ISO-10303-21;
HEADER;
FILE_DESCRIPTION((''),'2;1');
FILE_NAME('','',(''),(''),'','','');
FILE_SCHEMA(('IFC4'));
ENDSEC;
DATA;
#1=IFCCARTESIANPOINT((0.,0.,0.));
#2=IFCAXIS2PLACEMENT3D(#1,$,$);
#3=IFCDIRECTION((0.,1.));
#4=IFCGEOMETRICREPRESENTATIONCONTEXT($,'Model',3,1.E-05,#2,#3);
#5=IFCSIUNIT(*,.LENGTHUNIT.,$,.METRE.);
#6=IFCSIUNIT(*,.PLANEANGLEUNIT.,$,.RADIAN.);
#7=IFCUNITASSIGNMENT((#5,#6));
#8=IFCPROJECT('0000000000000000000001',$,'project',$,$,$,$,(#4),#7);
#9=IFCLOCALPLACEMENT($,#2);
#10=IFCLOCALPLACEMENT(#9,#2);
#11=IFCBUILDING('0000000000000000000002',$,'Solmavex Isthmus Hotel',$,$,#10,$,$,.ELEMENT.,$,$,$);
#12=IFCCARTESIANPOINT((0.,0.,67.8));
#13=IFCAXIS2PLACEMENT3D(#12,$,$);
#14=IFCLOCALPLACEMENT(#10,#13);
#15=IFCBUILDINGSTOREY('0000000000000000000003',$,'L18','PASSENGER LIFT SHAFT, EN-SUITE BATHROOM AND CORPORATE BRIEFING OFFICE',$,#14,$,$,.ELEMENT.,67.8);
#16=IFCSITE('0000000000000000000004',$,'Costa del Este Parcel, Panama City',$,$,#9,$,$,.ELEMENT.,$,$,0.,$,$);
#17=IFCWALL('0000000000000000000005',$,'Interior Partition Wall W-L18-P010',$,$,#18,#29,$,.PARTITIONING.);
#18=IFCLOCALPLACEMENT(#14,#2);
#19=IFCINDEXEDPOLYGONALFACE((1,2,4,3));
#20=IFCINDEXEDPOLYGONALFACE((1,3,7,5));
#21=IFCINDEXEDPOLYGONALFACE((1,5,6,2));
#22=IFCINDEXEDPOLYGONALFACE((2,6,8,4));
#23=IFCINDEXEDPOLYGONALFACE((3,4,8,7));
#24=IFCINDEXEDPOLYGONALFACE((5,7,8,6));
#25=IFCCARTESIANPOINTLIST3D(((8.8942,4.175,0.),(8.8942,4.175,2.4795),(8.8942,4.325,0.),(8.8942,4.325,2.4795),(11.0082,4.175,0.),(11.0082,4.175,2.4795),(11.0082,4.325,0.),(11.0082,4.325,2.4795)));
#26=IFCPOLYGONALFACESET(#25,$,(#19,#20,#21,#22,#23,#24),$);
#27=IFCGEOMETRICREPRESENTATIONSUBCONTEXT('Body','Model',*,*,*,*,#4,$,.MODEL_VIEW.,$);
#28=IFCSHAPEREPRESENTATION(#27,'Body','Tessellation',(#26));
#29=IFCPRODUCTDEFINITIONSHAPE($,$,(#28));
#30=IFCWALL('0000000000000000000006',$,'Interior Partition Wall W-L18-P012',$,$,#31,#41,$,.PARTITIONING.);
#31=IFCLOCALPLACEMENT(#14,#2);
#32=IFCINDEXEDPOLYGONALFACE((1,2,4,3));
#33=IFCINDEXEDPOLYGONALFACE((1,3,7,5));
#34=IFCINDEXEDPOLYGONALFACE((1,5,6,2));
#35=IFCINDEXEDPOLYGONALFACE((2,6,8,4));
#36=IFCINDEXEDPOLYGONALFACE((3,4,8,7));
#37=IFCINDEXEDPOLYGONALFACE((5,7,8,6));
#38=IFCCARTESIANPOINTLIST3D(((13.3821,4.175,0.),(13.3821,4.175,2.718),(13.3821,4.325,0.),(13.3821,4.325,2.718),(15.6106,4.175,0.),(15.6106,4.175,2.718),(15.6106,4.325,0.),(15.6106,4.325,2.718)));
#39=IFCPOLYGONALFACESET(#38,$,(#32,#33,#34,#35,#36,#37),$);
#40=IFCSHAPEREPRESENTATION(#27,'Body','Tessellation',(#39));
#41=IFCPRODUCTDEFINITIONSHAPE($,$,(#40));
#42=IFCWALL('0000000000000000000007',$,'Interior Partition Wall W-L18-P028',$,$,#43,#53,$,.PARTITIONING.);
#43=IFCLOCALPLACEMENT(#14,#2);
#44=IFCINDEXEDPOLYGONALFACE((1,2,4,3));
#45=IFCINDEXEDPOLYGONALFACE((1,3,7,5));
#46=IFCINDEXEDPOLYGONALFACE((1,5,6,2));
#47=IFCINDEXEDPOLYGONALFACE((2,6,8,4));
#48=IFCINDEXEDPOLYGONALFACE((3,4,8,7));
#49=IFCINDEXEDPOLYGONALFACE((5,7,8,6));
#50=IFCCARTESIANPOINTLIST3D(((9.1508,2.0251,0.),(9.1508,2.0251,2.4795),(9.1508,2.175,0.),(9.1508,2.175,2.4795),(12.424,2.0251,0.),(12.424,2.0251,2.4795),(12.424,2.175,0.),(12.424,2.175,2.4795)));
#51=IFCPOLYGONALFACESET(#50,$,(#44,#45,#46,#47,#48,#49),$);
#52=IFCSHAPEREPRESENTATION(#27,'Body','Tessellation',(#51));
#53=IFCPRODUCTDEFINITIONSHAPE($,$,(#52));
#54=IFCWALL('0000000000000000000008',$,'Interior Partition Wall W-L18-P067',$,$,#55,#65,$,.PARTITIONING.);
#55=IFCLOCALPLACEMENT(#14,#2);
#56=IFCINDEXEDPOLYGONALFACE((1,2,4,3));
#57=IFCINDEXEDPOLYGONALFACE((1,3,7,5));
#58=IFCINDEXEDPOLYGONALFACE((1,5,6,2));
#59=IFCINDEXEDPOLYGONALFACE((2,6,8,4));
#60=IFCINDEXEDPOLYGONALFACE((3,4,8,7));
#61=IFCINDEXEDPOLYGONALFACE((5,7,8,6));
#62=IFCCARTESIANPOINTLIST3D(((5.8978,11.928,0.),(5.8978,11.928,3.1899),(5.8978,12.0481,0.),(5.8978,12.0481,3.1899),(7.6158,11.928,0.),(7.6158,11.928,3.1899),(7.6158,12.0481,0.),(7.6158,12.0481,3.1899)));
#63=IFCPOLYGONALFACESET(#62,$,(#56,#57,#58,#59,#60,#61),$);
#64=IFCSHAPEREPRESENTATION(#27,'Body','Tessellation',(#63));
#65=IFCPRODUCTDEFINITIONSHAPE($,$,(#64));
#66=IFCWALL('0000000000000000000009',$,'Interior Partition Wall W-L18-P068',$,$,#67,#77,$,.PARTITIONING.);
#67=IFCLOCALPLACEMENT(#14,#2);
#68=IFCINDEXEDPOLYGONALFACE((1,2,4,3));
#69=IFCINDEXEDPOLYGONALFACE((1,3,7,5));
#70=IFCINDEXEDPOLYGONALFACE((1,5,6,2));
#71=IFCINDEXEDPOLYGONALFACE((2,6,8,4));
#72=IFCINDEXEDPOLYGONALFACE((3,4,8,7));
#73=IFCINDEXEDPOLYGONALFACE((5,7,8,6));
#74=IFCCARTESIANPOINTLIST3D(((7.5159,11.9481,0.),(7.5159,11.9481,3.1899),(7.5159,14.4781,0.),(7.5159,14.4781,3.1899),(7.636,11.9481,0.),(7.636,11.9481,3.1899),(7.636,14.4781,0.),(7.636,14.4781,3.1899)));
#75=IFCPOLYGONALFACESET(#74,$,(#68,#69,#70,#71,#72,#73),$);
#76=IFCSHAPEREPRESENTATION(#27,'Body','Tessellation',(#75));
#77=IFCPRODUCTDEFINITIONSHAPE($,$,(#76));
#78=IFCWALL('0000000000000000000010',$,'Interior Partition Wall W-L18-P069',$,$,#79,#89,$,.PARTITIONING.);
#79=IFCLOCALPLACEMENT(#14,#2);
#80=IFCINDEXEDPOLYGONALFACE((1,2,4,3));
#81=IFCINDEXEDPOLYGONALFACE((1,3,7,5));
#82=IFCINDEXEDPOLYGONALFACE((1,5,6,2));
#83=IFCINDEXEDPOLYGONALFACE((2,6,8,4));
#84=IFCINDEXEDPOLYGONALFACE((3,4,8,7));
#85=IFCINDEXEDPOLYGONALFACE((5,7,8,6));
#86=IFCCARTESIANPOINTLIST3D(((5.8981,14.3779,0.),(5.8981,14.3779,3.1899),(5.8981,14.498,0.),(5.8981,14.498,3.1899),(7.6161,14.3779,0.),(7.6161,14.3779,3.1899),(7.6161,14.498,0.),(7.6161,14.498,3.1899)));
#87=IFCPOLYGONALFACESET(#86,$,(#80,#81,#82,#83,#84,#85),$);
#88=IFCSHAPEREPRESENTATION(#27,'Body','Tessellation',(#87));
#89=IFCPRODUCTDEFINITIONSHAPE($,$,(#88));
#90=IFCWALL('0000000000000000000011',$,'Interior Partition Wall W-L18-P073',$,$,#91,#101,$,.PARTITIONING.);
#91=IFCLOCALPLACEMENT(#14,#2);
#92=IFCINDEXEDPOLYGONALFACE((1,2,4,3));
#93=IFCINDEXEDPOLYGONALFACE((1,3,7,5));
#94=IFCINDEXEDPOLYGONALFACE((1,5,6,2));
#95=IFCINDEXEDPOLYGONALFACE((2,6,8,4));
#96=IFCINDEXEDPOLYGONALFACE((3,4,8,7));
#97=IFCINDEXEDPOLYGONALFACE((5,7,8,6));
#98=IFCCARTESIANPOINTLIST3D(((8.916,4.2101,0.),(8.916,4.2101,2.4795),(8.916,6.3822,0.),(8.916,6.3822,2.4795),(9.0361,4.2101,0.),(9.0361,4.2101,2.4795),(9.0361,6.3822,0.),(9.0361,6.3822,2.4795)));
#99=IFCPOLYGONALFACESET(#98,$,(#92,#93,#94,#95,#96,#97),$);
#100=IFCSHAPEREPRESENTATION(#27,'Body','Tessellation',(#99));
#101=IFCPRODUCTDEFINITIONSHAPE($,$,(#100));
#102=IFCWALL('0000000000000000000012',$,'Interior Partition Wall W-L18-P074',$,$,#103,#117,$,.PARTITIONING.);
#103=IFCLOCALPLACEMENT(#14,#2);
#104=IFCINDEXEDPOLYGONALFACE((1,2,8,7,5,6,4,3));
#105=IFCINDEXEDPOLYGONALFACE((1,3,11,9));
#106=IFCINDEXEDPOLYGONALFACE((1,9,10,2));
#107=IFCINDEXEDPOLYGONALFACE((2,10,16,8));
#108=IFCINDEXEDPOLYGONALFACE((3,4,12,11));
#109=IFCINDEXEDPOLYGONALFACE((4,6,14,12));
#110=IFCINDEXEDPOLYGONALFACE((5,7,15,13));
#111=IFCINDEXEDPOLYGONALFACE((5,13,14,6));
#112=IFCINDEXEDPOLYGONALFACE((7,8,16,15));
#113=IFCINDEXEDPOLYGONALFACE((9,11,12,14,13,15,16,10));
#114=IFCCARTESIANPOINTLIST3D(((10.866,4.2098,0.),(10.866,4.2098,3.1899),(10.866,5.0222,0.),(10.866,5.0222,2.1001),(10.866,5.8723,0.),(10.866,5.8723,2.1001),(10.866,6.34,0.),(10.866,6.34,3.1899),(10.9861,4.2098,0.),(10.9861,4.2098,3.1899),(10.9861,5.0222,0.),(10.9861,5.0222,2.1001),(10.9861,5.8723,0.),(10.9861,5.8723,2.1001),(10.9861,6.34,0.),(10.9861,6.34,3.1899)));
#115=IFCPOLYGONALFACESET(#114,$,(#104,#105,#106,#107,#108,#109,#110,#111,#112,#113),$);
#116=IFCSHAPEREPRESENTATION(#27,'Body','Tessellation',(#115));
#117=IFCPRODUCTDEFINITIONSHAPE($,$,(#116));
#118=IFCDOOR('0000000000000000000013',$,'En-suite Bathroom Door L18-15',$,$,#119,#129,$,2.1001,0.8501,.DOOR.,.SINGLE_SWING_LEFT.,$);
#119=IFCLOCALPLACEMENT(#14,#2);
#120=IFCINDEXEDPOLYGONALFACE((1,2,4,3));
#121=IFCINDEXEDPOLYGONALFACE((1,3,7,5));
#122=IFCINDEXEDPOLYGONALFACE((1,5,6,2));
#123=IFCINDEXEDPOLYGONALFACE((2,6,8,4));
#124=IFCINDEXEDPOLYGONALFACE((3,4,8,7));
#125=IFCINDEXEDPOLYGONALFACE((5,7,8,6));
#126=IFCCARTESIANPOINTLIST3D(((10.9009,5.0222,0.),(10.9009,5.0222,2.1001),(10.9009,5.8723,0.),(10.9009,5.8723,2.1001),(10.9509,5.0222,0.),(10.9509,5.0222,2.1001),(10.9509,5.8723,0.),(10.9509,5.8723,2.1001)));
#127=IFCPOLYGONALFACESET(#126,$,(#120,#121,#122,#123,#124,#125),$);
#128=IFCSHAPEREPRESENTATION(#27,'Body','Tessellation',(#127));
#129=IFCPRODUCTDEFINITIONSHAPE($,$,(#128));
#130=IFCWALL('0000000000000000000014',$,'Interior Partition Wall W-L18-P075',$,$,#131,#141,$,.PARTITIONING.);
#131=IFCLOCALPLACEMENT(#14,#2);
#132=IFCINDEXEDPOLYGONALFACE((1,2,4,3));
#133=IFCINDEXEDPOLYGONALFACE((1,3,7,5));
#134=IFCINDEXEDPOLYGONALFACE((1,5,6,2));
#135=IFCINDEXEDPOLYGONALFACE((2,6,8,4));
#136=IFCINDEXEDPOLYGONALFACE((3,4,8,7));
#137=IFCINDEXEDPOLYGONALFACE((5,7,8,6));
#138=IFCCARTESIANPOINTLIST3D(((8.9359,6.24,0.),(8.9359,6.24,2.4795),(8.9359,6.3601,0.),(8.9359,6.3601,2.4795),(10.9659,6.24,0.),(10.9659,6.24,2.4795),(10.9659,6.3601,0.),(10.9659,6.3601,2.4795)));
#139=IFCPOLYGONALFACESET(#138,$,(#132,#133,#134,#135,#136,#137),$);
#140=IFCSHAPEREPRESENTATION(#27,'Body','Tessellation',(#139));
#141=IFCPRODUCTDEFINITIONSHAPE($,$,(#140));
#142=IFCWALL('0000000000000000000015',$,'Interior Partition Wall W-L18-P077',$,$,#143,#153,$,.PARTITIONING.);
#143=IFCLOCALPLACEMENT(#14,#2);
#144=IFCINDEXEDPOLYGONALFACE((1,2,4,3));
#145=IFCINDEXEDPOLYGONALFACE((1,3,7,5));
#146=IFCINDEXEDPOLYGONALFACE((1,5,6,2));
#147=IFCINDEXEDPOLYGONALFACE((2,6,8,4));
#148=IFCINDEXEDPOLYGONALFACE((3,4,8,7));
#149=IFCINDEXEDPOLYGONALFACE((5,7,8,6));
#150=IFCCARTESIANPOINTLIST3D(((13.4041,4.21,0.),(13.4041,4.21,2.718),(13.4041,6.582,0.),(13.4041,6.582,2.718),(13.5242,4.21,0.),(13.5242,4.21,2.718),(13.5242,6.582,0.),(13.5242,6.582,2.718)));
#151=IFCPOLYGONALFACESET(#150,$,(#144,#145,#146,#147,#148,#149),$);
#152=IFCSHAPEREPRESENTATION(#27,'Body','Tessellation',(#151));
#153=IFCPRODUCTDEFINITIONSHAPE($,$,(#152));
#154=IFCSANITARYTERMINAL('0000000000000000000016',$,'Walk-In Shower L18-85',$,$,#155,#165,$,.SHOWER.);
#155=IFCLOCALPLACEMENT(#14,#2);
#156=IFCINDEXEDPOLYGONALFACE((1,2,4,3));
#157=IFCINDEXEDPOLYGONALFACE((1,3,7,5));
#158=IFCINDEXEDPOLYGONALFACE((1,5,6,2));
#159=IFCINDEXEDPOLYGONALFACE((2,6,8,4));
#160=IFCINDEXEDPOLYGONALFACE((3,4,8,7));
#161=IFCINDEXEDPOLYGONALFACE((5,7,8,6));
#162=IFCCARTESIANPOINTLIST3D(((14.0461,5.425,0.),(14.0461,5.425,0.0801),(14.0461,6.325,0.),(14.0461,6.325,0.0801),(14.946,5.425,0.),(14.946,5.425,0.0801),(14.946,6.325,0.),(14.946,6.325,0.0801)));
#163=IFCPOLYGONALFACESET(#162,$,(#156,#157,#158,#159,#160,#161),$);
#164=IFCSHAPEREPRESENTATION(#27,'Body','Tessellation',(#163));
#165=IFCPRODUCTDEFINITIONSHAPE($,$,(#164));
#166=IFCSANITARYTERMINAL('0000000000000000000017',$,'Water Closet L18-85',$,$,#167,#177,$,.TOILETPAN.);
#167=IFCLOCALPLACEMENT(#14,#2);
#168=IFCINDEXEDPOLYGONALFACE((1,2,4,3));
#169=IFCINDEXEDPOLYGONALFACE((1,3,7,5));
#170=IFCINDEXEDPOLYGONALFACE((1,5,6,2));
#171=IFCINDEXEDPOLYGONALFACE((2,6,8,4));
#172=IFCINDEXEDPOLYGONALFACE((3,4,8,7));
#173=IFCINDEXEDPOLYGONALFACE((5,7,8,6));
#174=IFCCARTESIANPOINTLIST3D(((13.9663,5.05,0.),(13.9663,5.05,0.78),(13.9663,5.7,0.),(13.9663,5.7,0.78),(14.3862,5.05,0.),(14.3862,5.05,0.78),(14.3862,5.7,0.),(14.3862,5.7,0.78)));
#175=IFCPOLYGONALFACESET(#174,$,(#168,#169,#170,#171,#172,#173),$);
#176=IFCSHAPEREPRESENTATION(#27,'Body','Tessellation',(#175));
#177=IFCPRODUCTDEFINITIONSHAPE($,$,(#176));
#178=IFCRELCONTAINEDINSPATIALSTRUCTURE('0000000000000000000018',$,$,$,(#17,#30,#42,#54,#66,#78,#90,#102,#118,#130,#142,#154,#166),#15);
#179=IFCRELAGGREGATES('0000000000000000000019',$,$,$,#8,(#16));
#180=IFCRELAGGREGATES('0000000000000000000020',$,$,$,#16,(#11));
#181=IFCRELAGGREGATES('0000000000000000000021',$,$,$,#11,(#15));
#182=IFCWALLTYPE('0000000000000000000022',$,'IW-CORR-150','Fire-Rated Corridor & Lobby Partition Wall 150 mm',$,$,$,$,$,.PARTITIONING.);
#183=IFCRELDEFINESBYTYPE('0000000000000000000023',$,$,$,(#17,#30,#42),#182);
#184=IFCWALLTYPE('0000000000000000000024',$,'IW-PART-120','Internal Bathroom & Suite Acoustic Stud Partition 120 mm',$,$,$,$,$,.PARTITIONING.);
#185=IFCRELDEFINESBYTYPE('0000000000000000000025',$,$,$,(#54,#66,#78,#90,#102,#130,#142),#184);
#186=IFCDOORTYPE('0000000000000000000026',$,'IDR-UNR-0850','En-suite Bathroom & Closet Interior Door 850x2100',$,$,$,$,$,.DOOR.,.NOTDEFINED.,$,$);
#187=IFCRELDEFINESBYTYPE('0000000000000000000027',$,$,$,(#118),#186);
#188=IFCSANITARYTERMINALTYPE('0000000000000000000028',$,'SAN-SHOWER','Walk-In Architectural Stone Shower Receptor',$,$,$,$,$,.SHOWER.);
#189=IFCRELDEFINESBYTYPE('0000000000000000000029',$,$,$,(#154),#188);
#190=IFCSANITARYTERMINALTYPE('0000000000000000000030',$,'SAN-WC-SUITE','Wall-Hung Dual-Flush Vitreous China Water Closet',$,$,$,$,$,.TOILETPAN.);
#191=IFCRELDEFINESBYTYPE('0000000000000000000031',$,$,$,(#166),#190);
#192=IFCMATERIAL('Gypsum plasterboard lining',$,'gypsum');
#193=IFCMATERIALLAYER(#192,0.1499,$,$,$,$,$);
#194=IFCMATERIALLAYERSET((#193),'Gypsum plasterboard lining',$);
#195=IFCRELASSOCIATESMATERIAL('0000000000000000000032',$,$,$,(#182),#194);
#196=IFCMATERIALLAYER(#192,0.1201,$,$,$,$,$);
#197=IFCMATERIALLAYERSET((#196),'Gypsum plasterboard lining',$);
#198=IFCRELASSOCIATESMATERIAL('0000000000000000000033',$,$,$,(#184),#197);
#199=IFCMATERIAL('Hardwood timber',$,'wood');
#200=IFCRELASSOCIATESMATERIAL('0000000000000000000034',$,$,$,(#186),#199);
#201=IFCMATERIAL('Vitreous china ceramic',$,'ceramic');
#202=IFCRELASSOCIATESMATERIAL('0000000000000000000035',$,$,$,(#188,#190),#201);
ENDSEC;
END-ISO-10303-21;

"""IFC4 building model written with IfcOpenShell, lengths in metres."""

from ifc_helpers import new_model, si_unit, direction, frame, frame_2d, origin, origin_2d, place, context, subcontext, project, spatial, rectangle, extrude, material, layer, layer_set, type_object, element, fill, save


model = new_model("IFC4")

# Units and contexts
model_context = context("Model", 3, precision=1e-05, world=origin(), true_north=direction((0.0, 1.0)))
body_context = subcontext(model_context, "Body", "Model", "MODEL_VIEW")
ifc_project = project(units=[si_unit("LENGTHUNIT", "METRE"), si_unit("PLANEANGLEUNIT", "RADIAN")], contexts=[model_context])

# Site, building, storey
site_placement = place(None, origin())
site = spatial("IfcSite", under=ifc_project, at=site_placement, Name="Costa del Este Parcel, Panama City", CompositionType="ELEMENT", RefElevation=0.0)
building_placement = place(site_placement, origin())
building = spatial("IfcBuilding", under=site, at=building_placement, Name="Solmavex Isthmus Hotel", CompositionType="ELEMENT")
storey_placement = place(building_placement, frame((0.0, 0.0, 67.8)))
storey = spatial("IfcBuildingStorey", under=building, at=storey_placement, Name="L18", Description="PASSENGER LIFT SHAFT, EN-SUITE BATHROOM AND CORPORATE BRIEFING OFFICE", CompositionType="ELEMENT", Elevation=67.8)

# Shared definitions
ifc_material_1 = material(Name="Gypsum plasterboard lining", Category="gypsum")

# Shared definitions
ifc_material_2 = material(Name="Hardwood timber", Category="wood")

# Shared definitions
ifc_layer_1 = layer(ifc_material_1, 0.1499)
ifc_layer_set_1 = layer_set([ifc_layer_1], Name="Gypsum plasterboard lining")
wall_type_1 = type_object("IfcWallType", Name="IW-CORR-150", Description="Fire-Rated Corridor & Lobby Partition Wall 150 mm", PredefinedType="PARTITIONING", material=ifc_layer_set_1)

# Walls
wall_1_placement = place(storey_placement, frame((8.894, 4.25, 0.0), z_axis=(0.0, 0.0, 1.0), x_axis=(1.0, 0.0, 0.0)))
element("IfcWall", 1, at=wall_1_placement, inside=storey, type_object=wall_type_1, Name="Interior Partition Wall W-L18-P010", PredefinedType="PARTITIONING", context=body_context, shape_type="SweptSolid", body=[
    extrude(rectangle(XDim=2.114, YDim=0.1499, at=frame_2d((1.0571, 0.0))), origin(), (0.0, 0.0, 1.0), 2.4795),
])
wall_2_placement = place(storey_placement, frame((13.3821, 4.25, 0.0), z_axis=(0.0, 0.0, 1.0), x_axis=(1.0, 0.0, 0.0)))
element("IfcWall", 2, at=wall_2_placement, inside=storey, type_object=wall_type_1, Name="Interior Partition Wall W-L18-P012", PredefinedType="PARTITIONING", context=body_context, shape_type="SweptSolid", body=[
    extrude(rectangle(XDim=2.2285, YDim=0.1499, at=frame_2d((1.1143, 0.0))), origin(), (0.0, 0.0, 1.0), 2.718),
])
wall_3_placement = place(storey_placement, frame((12.4241, 2.1001, 0.0), z_axis=(0.0, 0.0, 1.0), x_axis=(-1.0, 0.0, 0.0)))
element("IfcWall", 3, at=wall_3_placement, inside=storey, type_object=wall_type_1, Name="Interior Partition Wall W-L18-P028", PredefinedType="PARTITIONING", context=body_context, shape_type="SweptSolid", body=[
    extrude(rectangle(XDim=3.2732, YDim=0.1499, at=frame_2d((1.6367, 0.0))), origin(), (0.0, 0.0, 1.0), 2.4795),
])

# Walls
ifc_layer_2 = layer(ifc_material_1, 0.1201)
ifc_layer_set_2 = layer_set([ifc_layer_2], Name="Gypsum plasterboard lining")
wall_type_2 = type_object("IfcWallType", Name="IW-PART-120", Description="Internal Bathroom & Suite Acoustic Stud Partition 120 mm", PredefinedType="PARTITIONING", material=ifc_layer_set_2)
wall_4_placement = place(storey_placement, frame((5.8979, 11.988, 0.0), z_axis=(0.0, 0.0, 1.0), x_axis=(1.0, 0.0, 0.0)))
element("IfcWall", 4, at=wall_4_placement, inside=storey, type_object=wall_type_2, Name="Interior Partition Wall W-L18-P067", PredefinedType="PARTITIONING", context=body_context, shape_type="SweptSolid", body=[
    extrude(rectangle(XDim=1.718, YDim=0.1201, at=frame_2d((0.8589, 0.0))), origin(), (0.0, 0.0, 1.0), 3.1899),
])
wall_5_placement = place(storey_placement, frame((7.5759, 11.948, 0.0), z_axis=(0.0, 0.0, 1.0), x_axis=(0.0, 1.0, 0.0)))
element("IfcWall", 5, at=wall_5_placement, inside=storey, type_object=wall_type_2, Name="Interior Partition Wall W-L18-P068", PredefinedType="PARTITIONING", context=body_context, shape_type="SweptSolid", body=[
    extrude(rectangle(XDim=2.53, YDim=0.1201, at=frame_2d((1.2651, 0.0))), origin(), (0.0, 0.0, 1.0), 3.1899),
])
wall_6_placement = place(storey_placement, frame((7.616, 14.438, 0.0), z_axis=(0.0, 0.0, 1.0), x_axis=(-1.0, 0.0, 0.0)))
element("IfcWall", 6, at=wall_6_placement, inside=storey, type_object=wall_type_2, Name="Interior Partition Wall W-L18-P069", PredefinedType="PARTITIONING", context=body_context, shape_type="SweptSolid", body=[
    extrude(rectangle(XDim=1.718, YDim=0.1201, at=frame_2d((0.8589, 0.0))), origin(), (0.0, 0.0, 1.0), 3.1899),
])
wall_7_placement = place(storey_placement, frame((8.9761, 6.3821, 0.0), z_axis=(0.0, 0.0, 1.0), x_axis=(0.0, -1.0, 0.0)))
element("IfcWall", 7, at=wall_7_placement, inside=storey, type_object=wall_type_2, Name="Interior Partition Wall W-L18-P073", PredefinedType="PARTITIONING", context=body_context, shape_type="SweptSolid", body=[
    extrude(rectangle(XDim=2.1721, YDim=0.1201, at=frame_2d((1.0859, 0.0))), origin(), (0.0, 0.0, 1.0), 2.4795),
])

# Wall, opening, door
wall_8_placement = place(storey_placement, frame((10.926, 4.21, 0.0), z_axis=(0.0, 0.0, 1.0), x_axis=(0.0, 1.0, 0.0)))
wall_8 = element("IfcWall", 8, at=wall_8_placement, inside=storey, type_object=wall_type_2, Name="Interior Partition Wall W-L18-P074", PredefinedType="PARTITIONING", context=body_context, shape_type="SweptSolid", body=[
    extrude(rectangle(XDim=2.1301, YDim=0.1201, at=frame_2d((1.0649, 0.0))), origin(), (0.0, 0.0, 1.0), 3.1899),
])
opening_1_placement = place(wall_8_placement, frame((0.8123, 0.0, 0.0)))
opening_1 = element("IfcOpeningElement", 9, at=opening_1_placement, cuts=wall_8, PredefinedType="OPENING", context=body_context, shape_type="SweptSolid", body=[
    extrude(rectangle(XDim=0.8501, YDim=2.1001, at=frame_2d((0.425, 1.05))), frame((0.0, 0.0701, 0.0), z_axis=(0.0, -1.0, 0.0), x_axis=(1.0, 0.0, 0.0)), (0.0, 0.0, 1.0), 0.1401),
])
door_type_1 = type_object("IfcDoorType", Name="IDR-UNR-0850", Description="En-suite Bathroom & Closet Interior Door 850x2100", OperationType="NOTDEFINED", PredefinedType="DOOR", material=ifc_material_2)
door_1_placement = place(opening_1_placement, frame((0.8501, 0.0, 0.0), z_axis=(0.0, 0.0, 1.0), x_axis=(-1.0, 0.0, 0.0)))
door_1 = element("IfcDoor", 10, at=door_1_placement, inside=storey, type_object=door_type_1, Name="En-suite Bathroom Door L18-15", OperationType="SINGLE_SWING_LEFT", OverallHeight=2.1001, OverallWidth=0.8501, PredefinedType="DOOR", context=body_context, shape_type="SweptSolid", body=[
    extrude(rectangle(XDim=0.8501, YDim=2.1001, at=frame_2d((0.425, 1.05))), frame((0.0, 0.0249, 0.0), z_axis=(0.0, -1.0, 0.0), x_axis=(1.0, 0.0, 0.0)), (0.0, 0.0, 1.0), 0.05),
])
fill(opening_1, door_1)

# Walls
wall_9_placement = place(storey_placement, frame((10.9661, 6.3, 0.0), z_axis=(0.0, 0.0, 1.0), x_axis=(-1.0, 0.0, 0.0)))
element("IfcWall", 11, at=wall_9_placement, inside=storey, type_object=wall_type_2, Name="Interior Partition Wall W-L18-P075", PredefinedType="PARTITIONING", context=body_context, shape_type="SweptSolid", body=[
    extrude(rectangle(XDim=2.03, YDim=0.1201, at=frame_2d((1.0151, 0.0))), origin(), (0.0, 0.0, 1.0), 2.4795),
])
wall_10_placement = place(storey_placement, frame((13.4641, 6.582, 0.0), z_axis=(0.0, 0.0, 1.0), x_axis=(0.0, -1.0, 0.0)))
element("IfcWall", 12, at=wall_10_placement, inside=storey, type_object=wall_type_2, Name="Interior Partition Wall W-L18-P077", PredefinedType="PARTITIONING", context=body_context, shape_type="SweptSolid", body=[
    extrude(rectangle(XDim=2.3721, YDim=0.1201, at=frame_2d((1.186, 0.0))), origin(), (0.0, 0.0, 1.0), 2.718),
])

# Sanitary terminals
ifc_material_3 = material(Name="Vitreous china ceramic", Category="ceramic")
sanitary_terminal_type_1 = type_object("IfcSanitaryTerminalType", Name="SAN-SHOWER", Description="Walk-In Architectural Stone Shower Receptor", PredefinedType="SHOWER", material=ifc_material_3)
sanitary_terminal_1_placement = place(storey_placement, frame((14.4961, 5.875, 0.0), z_axis=(0.0, 0.0, 1.0), x_axis=(1.0, 0.0, 0.0)))
element("IfcSanitaryTerminal", 13, at=sanitary_terminal_1_placement, inside=storey, type_object=sanitary_terminal_type_1, Name="Walk-In Shower L18-85", PredefinedType="SHOWER", context=body_context, shape_type="SweptSolid", body=[
    extrude(rectangle(XDim=0.8999, YDim=0.8999, at=origin_2d()), origin(), (0.0, 0.0, 1.0), 0.0801),
])
sanitary_terminal_type_2 = type_object("IfcSanitaryTerminalType", Name="SAN-WC-SUITE", Description="Wall-Hung Dual-Flush Vitreous China Water Closet", PredefinedType="TOILETPAN", material=ifc_material_3)
sanitary_terminal_2_placement = place(storey_placement, frame((14.1763, 5.375, 0.0), z_axis=(0.0, 0.0, 1.0), x_axis=(1.0, 0.0, 0.0)))
element("IfcSanitaryTerminal", 14, at=sanitary_terminal_2_placement, inside=storey, type_object=sanitary_terminal_type_2, Name="Water Closet L18-85", PredefinedType="TOILETPAN", context=body_context, shape_type="SweptSolid", body=[
    extrude(rectangle(XDim=0.4199, YDim=0.6499, at=origin_2d()), origin(), (0.0, 0.0, 1.0), 0.78),
])

save(model, "model.ifc")
